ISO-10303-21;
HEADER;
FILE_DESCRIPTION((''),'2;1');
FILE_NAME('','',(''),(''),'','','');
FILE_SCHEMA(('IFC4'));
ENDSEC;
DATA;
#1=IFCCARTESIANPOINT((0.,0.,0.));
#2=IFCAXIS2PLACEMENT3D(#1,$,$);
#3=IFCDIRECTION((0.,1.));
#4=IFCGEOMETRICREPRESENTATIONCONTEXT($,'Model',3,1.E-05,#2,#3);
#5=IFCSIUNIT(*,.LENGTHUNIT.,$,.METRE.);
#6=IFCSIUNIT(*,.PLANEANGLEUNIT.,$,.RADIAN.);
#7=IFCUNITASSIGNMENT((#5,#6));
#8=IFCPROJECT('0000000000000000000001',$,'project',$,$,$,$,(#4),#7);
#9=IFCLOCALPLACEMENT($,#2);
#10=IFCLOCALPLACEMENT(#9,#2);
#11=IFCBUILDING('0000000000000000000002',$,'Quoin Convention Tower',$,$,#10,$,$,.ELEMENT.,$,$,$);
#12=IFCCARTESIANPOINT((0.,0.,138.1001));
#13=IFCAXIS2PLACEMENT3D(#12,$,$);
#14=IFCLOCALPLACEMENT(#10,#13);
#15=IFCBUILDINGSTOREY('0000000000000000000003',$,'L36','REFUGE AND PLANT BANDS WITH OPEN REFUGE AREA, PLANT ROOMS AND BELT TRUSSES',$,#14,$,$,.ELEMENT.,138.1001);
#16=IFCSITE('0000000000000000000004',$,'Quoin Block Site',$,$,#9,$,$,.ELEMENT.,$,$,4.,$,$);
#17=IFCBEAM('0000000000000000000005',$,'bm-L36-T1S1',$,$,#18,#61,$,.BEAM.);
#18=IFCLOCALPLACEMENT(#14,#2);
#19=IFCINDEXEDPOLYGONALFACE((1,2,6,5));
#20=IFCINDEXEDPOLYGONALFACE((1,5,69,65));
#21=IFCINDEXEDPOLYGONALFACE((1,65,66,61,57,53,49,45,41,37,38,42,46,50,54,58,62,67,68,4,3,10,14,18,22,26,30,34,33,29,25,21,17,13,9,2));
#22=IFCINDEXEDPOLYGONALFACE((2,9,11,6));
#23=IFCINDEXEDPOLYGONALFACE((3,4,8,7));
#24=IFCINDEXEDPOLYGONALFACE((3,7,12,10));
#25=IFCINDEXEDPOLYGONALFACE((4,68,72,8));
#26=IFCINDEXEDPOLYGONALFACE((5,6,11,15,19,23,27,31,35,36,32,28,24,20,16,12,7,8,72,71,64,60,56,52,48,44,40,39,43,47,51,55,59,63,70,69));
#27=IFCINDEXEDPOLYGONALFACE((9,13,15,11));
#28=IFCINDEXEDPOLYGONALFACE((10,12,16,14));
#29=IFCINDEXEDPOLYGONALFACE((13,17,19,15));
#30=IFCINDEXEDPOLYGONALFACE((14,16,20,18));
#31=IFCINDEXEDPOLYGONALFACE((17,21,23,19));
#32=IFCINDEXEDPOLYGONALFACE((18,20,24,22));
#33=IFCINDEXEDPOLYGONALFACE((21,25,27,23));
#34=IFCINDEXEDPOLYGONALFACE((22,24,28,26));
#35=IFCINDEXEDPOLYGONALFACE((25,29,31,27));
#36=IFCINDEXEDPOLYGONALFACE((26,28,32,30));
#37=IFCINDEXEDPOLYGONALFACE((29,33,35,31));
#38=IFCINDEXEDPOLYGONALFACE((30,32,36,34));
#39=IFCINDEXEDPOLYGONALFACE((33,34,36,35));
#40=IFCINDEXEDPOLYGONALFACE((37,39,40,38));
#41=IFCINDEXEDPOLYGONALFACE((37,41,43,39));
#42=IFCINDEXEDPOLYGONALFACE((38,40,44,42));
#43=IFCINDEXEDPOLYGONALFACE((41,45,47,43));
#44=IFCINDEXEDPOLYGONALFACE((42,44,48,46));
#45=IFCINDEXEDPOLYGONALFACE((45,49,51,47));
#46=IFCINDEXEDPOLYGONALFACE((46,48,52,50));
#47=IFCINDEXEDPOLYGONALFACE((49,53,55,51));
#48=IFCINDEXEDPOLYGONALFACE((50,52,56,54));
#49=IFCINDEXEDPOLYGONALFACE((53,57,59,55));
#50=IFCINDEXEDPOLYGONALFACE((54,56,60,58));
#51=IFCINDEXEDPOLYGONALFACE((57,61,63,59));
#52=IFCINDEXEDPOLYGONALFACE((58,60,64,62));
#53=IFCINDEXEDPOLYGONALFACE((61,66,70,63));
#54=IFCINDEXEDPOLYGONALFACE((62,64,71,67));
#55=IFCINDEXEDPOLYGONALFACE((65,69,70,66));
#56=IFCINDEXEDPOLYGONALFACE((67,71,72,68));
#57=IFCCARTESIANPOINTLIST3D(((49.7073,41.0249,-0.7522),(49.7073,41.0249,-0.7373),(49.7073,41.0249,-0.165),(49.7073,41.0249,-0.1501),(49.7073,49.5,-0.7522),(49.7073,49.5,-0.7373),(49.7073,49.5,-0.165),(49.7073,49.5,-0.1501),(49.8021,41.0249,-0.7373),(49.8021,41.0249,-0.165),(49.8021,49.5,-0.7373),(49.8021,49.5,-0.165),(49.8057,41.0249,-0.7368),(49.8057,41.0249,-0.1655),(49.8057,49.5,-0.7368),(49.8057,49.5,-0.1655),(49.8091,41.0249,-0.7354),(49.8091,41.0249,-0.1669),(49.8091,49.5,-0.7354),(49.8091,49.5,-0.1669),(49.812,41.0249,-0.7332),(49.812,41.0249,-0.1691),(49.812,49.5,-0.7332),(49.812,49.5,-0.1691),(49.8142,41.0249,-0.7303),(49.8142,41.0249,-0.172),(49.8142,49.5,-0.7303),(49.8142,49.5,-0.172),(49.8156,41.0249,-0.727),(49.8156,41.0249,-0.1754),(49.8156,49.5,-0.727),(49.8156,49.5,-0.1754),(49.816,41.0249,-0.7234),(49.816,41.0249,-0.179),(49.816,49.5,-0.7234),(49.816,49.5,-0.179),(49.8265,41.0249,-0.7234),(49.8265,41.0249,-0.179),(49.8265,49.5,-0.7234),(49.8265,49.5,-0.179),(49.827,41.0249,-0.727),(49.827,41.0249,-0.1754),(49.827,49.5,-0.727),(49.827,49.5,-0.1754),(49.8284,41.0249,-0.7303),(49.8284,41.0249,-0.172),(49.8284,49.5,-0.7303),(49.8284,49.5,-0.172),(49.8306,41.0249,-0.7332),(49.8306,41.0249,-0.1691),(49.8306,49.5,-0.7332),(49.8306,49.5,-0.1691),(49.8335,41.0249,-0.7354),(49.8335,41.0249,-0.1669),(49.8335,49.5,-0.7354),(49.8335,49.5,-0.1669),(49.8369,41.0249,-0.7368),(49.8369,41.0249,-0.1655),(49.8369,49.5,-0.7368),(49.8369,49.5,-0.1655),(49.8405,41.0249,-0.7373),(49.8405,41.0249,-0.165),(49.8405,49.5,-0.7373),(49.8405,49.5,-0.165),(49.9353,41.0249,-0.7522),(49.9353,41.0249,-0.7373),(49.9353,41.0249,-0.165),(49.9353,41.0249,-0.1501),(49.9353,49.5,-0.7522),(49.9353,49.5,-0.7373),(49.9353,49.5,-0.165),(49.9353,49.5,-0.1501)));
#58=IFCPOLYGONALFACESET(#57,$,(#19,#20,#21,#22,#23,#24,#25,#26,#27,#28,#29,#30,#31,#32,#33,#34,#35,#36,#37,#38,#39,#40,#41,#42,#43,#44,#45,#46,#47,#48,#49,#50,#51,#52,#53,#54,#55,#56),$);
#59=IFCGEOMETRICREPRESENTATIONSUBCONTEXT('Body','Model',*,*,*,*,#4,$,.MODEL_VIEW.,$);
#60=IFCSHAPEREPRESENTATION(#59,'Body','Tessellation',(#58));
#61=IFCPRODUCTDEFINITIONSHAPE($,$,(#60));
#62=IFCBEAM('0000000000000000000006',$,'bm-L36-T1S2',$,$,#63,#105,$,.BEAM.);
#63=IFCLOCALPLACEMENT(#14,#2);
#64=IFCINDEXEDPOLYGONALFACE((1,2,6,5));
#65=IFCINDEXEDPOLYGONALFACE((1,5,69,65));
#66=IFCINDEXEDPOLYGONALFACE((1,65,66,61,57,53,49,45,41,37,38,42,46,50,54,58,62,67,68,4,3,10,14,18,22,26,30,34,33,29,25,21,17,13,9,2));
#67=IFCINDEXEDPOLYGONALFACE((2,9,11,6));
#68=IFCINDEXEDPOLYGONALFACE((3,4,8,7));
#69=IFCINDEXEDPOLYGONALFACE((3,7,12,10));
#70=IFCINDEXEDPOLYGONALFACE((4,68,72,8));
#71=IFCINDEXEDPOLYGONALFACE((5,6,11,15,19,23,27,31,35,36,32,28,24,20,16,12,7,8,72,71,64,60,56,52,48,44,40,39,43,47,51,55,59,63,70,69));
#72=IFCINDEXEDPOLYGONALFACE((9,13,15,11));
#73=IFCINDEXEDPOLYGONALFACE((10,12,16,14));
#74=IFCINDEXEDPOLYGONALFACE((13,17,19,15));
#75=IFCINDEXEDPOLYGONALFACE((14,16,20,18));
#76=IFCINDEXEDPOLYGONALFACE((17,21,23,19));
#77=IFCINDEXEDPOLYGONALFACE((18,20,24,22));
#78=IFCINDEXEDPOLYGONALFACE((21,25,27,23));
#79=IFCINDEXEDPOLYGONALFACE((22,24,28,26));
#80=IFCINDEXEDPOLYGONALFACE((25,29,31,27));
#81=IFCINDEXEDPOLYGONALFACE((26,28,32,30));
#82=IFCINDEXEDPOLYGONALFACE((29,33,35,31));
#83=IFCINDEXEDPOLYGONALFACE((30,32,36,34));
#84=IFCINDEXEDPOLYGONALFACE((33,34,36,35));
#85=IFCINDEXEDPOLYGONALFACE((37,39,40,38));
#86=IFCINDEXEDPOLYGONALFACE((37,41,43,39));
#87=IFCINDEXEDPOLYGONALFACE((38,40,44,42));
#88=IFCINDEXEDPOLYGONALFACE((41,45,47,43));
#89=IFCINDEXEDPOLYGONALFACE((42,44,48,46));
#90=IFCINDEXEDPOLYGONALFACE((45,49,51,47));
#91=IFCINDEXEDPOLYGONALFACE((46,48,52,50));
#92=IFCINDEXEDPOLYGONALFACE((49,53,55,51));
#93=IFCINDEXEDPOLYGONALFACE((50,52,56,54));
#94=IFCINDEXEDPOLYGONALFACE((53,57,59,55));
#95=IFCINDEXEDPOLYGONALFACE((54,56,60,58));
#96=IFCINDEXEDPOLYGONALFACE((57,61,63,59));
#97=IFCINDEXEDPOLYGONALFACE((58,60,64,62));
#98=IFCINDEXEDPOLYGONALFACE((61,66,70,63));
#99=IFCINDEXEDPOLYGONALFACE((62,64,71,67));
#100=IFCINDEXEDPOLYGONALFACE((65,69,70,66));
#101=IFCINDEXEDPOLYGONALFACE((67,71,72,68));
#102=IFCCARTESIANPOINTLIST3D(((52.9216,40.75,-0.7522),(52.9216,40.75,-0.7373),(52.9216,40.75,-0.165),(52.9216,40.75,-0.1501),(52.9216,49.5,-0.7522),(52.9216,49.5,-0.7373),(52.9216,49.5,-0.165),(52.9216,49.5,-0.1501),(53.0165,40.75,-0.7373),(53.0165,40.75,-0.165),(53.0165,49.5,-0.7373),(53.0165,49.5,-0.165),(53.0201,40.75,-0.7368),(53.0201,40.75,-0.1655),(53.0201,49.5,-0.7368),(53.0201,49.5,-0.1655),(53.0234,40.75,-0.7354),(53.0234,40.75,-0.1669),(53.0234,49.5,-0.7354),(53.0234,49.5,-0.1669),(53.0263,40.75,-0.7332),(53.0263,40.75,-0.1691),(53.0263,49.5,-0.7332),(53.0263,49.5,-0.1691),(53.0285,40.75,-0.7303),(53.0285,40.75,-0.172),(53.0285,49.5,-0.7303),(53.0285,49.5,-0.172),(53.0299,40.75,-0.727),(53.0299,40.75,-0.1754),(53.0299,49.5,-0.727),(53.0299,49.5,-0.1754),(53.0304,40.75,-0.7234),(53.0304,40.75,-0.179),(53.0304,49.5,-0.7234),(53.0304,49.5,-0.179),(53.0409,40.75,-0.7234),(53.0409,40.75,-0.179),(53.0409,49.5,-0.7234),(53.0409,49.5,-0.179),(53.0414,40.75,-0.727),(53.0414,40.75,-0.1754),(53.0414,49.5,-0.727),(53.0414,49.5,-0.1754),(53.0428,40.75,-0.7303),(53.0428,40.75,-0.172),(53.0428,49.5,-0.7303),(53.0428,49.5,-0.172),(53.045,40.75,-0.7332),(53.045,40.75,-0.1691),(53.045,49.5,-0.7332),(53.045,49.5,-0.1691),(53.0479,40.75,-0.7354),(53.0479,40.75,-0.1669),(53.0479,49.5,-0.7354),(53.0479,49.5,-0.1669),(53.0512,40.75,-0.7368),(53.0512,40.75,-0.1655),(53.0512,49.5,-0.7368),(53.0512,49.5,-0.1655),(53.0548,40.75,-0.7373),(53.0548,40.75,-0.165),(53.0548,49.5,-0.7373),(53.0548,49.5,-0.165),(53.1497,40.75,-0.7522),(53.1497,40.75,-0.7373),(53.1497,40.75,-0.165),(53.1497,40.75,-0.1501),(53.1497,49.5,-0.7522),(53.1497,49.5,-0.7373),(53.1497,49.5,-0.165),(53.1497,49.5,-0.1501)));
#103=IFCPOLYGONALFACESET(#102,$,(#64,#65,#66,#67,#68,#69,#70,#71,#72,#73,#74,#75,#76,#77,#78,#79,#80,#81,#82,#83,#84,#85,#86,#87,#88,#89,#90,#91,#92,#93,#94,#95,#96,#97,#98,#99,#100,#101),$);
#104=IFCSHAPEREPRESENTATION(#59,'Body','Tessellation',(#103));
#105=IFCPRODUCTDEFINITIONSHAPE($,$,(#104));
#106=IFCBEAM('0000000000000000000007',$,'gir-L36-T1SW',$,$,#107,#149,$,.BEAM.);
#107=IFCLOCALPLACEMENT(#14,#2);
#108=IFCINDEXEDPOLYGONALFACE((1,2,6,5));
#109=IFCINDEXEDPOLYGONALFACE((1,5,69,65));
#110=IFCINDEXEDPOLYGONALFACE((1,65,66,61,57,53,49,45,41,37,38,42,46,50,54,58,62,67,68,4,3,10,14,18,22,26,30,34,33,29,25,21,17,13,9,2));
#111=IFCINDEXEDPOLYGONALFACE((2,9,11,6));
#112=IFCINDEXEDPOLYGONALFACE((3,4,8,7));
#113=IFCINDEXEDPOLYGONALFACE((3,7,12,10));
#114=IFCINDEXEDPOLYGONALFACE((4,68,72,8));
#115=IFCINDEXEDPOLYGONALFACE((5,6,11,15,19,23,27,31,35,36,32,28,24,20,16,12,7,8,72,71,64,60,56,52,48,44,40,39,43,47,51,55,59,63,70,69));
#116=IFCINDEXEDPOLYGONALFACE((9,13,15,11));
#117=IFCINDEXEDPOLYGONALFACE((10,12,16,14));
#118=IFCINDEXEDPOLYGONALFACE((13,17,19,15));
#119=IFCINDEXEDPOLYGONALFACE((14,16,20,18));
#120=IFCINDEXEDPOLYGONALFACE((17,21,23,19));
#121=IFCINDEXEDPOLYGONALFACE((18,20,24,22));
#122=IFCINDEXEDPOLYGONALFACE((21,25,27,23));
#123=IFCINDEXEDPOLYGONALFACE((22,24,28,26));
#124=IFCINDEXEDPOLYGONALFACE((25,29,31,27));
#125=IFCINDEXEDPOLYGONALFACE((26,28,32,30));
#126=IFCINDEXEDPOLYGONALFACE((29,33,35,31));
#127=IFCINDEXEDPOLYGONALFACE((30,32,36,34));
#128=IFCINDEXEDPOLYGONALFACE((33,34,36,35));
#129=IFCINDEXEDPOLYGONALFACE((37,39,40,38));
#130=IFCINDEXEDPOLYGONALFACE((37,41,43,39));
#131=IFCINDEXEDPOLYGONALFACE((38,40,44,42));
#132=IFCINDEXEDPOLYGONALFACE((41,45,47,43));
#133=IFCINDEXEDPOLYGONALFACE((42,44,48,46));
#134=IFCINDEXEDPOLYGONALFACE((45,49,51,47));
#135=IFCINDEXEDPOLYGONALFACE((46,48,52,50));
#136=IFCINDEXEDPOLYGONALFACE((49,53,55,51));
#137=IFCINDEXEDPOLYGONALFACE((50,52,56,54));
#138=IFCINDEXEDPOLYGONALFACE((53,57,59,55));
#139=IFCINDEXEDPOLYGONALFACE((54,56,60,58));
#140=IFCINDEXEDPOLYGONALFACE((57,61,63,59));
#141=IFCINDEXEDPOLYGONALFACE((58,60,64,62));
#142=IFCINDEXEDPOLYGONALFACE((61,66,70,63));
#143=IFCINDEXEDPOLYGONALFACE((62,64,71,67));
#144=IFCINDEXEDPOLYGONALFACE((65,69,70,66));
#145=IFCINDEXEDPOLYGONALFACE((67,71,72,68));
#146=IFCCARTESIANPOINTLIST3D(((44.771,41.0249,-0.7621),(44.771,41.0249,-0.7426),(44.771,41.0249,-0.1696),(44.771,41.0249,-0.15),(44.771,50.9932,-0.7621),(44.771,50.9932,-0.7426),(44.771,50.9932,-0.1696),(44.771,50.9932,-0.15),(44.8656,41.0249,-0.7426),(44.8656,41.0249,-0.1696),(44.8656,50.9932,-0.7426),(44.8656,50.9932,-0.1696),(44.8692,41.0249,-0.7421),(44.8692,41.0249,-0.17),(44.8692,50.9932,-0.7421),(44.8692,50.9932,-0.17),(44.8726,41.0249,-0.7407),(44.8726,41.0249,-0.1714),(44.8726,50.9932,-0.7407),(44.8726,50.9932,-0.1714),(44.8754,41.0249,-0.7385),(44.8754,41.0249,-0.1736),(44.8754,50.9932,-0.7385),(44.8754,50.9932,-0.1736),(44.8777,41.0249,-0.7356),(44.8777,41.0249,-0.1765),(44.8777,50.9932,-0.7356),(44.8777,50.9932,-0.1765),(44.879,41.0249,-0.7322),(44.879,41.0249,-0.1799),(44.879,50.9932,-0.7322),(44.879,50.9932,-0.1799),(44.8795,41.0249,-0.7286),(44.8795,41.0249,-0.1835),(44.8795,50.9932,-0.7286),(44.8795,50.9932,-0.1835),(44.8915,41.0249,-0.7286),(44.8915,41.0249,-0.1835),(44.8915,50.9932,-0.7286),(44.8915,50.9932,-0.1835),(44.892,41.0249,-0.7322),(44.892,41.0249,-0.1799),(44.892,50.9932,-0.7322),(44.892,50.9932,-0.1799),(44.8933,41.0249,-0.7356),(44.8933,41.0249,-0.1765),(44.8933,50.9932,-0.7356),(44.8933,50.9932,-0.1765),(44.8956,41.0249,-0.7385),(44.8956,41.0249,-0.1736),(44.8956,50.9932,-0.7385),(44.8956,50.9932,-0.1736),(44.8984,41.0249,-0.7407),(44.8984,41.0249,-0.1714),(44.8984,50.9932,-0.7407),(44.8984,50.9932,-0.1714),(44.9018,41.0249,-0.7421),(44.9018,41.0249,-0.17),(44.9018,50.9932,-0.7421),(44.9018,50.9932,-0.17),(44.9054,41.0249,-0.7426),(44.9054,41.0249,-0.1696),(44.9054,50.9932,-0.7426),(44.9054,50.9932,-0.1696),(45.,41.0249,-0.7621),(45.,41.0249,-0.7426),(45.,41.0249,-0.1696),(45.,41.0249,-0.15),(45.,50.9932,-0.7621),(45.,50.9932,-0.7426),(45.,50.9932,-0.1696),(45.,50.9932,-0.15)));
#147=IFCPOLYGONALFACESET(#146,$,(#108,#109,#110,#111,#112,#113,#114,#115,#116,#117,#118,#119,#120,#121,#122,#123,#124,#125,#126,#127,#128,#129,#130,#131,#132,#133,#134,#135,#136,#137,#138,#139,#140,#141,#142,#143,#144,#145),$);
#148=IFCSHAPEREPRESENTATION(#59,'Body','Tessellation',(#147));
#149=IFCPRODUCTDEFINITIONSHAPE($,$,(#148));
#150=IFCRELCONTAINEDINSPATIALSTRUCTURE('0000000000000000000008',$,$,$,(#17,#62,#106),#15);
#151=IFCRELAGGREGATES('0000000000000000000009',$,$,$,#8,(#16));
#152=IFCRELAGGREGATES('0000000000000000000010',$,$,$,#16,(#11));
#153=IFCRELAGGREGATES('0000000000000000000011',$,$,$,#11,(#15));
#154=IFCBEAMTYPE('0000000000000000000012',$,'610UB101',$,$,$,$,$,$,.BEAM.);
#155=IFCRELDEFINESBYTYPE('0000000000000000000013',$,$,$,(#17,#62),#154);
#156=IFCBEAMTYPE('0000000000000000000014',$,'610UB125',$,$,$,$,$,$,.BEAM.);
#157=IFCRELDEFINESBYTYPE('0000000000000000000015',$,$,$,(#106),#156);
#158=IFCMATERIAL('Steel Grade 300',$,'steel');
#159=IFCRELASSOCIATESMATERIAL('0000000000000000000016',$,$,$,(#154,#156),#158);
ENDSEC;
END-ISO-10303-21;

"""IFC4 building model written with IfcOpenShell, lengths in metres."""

from ifc_helpers import new_model, si_unit, direction, frame, origin, origin_2d, place, context, subcontext, project, spatial, i_section, extrude, material, material_profile, profile_set, type_object, element, save


model = new_model("IFC4")

# Units and contexts
model_context = context("Model", 3, precision=1e-05, world=origin(), true_north=direction((0.0, 1.0)))
body_context = subcontext(model_context, "Body", "Model", "MODEL_VIEW")
ifc_project = project(units=[si_unit("LENGTHUNIT", "METRE"), si_unit("PLANEANGLEUNIT", "RADIAN")], contexts=[model_context])

# Site, building, storey
site_placement = place(None, origin())
site = spatial("IfcSite", under=ifc_project, at=site_placement, Name="Quoin Block Site", CompositionType="ELEMENT", RefElevation=4.0)
building_placement = place(site_placement, origin())
building = spatial("IfcBuilding", under=site, at=building_placement, Name="Quoin Convention Tower", CompositionType="ELEMENT")
storey_placement = place(building_placement, frame((0.0, 0.0, 138.1001)))
storey = spatial("IfcBuildingStorey", under=building, at=storey_placement, Name="L36", Description="REFUGE AND PLANT BANDS WITH OPEN REFUGE AREA, PLANT ROOMS AND BELT TRUSSES", CompositionType="ELEMENT", Elevation=138.1001)

# Shared definitions
ifc_material_1 = material(Name="Steel Grade 300", Category="steel")

# Beams
ifc_material_profile_1 = material_profile(ifc_material_1, i_section(OverallWidth=0.228, OverallDepth=0.6021, WebThickness=0.0105, FlangeThickness=0.0149, FilletRadius=0.0139, at=origin_2d()), Name="610UB101")
ifc_profile_set_1 = profile_set([ifc_material_profile_1], Name="Steel Grade 300")
beam_type_1 = type_object("IfcBeamType", Name="610UB101", PredefinedType="BEAM", material=ifc_profile_set_1)
beam_1_placement = place(storey_placement, frame((49.8213, 41.0249, -0.4512), z_axis=(0.0, 1.0, 0.0), x_axis=(-1.0, 0.0, 0.0)))
element("IfcBeam", 1, at=beam_1_placement, inside=storey, type_object=beam_type_1, Name="bm-L36-T1S1", PredefinedType="BEAM", context=body_context, shape_type="SweptSolid", body=[
    extrude(i_section(OverallWidth=0.228, OverallDepth=0.6021, WebThickness=0.0105, FlangeThickness=0.0149, FilletRadius=0.0139, at=origin_2d()), origin(), (0.0, 0.0, 1.0), 8.4751),
])
beam_2_placement = place(storey_placement, frame((53.0356, 40.75, -0.4512), z_axis=(0.0, 1.0, 0.0), x_axis=(-1.0, 0.0, 0.0)))
element("IfcBeam", 2, at=beam_2_placement, inside=storey, type_object=beam_type_1, Name="bm-L36-T1S2", PredefinedType="BEAM", context=body_context, shape_type="SweptSolid", body=[
    extrude(i_section(OverallWidth=0.228, OverallDepth=0.6021, WebThickness=0.0105, FlangeThickness=0.0149, FilletRadius=0.0139, at=origin_2d()), origin(), (0.0, 0.0, 1.0), 8.75),
])
ifc_material_profile_2 = material_profile(ifc_material_1, i_section(OverallWidth=0.229, OverallDepth=0.6121, WebThickness=0.012, FlangeThickness=0.0195, FilletRadius=0.0139, at=origin_2d()), Name="610UB125")
ifc_profile_set_2 = profile_set([ifc_material_profile_2], Name="Steel Grade 300")
beam_type_2 = type_object("IfcBeamType", Name="610UB125", PredefinedType="BEAM", material=ifc_profile_set_2)
beam_3_placement = place(storey_placement, frame((44.8855, 41.0249, -0.4561), z_axis=(0.0, 1.0, 0.0), x_axis=(-1.0, 0.0, 0.0)))
element("IfcBeam", 3, at=beam_3_placement, inside=storey, type_object=beam_type_2, Name="gir-L36-T1SW", PredefinedType="BEAM", context=body_context, shape_type="SweptSolid", body=[
    extrude(i_section(OverallWidth=0.229, OverallDepth=0.6121, WebThickness=0.012, FlangeThickness=0.0195, FilletRadius=0.0139, at=origin_2d()), origin(), (0.0, 0.0, 1.0), 9.9683),
])

save(model, "model.ifc")
